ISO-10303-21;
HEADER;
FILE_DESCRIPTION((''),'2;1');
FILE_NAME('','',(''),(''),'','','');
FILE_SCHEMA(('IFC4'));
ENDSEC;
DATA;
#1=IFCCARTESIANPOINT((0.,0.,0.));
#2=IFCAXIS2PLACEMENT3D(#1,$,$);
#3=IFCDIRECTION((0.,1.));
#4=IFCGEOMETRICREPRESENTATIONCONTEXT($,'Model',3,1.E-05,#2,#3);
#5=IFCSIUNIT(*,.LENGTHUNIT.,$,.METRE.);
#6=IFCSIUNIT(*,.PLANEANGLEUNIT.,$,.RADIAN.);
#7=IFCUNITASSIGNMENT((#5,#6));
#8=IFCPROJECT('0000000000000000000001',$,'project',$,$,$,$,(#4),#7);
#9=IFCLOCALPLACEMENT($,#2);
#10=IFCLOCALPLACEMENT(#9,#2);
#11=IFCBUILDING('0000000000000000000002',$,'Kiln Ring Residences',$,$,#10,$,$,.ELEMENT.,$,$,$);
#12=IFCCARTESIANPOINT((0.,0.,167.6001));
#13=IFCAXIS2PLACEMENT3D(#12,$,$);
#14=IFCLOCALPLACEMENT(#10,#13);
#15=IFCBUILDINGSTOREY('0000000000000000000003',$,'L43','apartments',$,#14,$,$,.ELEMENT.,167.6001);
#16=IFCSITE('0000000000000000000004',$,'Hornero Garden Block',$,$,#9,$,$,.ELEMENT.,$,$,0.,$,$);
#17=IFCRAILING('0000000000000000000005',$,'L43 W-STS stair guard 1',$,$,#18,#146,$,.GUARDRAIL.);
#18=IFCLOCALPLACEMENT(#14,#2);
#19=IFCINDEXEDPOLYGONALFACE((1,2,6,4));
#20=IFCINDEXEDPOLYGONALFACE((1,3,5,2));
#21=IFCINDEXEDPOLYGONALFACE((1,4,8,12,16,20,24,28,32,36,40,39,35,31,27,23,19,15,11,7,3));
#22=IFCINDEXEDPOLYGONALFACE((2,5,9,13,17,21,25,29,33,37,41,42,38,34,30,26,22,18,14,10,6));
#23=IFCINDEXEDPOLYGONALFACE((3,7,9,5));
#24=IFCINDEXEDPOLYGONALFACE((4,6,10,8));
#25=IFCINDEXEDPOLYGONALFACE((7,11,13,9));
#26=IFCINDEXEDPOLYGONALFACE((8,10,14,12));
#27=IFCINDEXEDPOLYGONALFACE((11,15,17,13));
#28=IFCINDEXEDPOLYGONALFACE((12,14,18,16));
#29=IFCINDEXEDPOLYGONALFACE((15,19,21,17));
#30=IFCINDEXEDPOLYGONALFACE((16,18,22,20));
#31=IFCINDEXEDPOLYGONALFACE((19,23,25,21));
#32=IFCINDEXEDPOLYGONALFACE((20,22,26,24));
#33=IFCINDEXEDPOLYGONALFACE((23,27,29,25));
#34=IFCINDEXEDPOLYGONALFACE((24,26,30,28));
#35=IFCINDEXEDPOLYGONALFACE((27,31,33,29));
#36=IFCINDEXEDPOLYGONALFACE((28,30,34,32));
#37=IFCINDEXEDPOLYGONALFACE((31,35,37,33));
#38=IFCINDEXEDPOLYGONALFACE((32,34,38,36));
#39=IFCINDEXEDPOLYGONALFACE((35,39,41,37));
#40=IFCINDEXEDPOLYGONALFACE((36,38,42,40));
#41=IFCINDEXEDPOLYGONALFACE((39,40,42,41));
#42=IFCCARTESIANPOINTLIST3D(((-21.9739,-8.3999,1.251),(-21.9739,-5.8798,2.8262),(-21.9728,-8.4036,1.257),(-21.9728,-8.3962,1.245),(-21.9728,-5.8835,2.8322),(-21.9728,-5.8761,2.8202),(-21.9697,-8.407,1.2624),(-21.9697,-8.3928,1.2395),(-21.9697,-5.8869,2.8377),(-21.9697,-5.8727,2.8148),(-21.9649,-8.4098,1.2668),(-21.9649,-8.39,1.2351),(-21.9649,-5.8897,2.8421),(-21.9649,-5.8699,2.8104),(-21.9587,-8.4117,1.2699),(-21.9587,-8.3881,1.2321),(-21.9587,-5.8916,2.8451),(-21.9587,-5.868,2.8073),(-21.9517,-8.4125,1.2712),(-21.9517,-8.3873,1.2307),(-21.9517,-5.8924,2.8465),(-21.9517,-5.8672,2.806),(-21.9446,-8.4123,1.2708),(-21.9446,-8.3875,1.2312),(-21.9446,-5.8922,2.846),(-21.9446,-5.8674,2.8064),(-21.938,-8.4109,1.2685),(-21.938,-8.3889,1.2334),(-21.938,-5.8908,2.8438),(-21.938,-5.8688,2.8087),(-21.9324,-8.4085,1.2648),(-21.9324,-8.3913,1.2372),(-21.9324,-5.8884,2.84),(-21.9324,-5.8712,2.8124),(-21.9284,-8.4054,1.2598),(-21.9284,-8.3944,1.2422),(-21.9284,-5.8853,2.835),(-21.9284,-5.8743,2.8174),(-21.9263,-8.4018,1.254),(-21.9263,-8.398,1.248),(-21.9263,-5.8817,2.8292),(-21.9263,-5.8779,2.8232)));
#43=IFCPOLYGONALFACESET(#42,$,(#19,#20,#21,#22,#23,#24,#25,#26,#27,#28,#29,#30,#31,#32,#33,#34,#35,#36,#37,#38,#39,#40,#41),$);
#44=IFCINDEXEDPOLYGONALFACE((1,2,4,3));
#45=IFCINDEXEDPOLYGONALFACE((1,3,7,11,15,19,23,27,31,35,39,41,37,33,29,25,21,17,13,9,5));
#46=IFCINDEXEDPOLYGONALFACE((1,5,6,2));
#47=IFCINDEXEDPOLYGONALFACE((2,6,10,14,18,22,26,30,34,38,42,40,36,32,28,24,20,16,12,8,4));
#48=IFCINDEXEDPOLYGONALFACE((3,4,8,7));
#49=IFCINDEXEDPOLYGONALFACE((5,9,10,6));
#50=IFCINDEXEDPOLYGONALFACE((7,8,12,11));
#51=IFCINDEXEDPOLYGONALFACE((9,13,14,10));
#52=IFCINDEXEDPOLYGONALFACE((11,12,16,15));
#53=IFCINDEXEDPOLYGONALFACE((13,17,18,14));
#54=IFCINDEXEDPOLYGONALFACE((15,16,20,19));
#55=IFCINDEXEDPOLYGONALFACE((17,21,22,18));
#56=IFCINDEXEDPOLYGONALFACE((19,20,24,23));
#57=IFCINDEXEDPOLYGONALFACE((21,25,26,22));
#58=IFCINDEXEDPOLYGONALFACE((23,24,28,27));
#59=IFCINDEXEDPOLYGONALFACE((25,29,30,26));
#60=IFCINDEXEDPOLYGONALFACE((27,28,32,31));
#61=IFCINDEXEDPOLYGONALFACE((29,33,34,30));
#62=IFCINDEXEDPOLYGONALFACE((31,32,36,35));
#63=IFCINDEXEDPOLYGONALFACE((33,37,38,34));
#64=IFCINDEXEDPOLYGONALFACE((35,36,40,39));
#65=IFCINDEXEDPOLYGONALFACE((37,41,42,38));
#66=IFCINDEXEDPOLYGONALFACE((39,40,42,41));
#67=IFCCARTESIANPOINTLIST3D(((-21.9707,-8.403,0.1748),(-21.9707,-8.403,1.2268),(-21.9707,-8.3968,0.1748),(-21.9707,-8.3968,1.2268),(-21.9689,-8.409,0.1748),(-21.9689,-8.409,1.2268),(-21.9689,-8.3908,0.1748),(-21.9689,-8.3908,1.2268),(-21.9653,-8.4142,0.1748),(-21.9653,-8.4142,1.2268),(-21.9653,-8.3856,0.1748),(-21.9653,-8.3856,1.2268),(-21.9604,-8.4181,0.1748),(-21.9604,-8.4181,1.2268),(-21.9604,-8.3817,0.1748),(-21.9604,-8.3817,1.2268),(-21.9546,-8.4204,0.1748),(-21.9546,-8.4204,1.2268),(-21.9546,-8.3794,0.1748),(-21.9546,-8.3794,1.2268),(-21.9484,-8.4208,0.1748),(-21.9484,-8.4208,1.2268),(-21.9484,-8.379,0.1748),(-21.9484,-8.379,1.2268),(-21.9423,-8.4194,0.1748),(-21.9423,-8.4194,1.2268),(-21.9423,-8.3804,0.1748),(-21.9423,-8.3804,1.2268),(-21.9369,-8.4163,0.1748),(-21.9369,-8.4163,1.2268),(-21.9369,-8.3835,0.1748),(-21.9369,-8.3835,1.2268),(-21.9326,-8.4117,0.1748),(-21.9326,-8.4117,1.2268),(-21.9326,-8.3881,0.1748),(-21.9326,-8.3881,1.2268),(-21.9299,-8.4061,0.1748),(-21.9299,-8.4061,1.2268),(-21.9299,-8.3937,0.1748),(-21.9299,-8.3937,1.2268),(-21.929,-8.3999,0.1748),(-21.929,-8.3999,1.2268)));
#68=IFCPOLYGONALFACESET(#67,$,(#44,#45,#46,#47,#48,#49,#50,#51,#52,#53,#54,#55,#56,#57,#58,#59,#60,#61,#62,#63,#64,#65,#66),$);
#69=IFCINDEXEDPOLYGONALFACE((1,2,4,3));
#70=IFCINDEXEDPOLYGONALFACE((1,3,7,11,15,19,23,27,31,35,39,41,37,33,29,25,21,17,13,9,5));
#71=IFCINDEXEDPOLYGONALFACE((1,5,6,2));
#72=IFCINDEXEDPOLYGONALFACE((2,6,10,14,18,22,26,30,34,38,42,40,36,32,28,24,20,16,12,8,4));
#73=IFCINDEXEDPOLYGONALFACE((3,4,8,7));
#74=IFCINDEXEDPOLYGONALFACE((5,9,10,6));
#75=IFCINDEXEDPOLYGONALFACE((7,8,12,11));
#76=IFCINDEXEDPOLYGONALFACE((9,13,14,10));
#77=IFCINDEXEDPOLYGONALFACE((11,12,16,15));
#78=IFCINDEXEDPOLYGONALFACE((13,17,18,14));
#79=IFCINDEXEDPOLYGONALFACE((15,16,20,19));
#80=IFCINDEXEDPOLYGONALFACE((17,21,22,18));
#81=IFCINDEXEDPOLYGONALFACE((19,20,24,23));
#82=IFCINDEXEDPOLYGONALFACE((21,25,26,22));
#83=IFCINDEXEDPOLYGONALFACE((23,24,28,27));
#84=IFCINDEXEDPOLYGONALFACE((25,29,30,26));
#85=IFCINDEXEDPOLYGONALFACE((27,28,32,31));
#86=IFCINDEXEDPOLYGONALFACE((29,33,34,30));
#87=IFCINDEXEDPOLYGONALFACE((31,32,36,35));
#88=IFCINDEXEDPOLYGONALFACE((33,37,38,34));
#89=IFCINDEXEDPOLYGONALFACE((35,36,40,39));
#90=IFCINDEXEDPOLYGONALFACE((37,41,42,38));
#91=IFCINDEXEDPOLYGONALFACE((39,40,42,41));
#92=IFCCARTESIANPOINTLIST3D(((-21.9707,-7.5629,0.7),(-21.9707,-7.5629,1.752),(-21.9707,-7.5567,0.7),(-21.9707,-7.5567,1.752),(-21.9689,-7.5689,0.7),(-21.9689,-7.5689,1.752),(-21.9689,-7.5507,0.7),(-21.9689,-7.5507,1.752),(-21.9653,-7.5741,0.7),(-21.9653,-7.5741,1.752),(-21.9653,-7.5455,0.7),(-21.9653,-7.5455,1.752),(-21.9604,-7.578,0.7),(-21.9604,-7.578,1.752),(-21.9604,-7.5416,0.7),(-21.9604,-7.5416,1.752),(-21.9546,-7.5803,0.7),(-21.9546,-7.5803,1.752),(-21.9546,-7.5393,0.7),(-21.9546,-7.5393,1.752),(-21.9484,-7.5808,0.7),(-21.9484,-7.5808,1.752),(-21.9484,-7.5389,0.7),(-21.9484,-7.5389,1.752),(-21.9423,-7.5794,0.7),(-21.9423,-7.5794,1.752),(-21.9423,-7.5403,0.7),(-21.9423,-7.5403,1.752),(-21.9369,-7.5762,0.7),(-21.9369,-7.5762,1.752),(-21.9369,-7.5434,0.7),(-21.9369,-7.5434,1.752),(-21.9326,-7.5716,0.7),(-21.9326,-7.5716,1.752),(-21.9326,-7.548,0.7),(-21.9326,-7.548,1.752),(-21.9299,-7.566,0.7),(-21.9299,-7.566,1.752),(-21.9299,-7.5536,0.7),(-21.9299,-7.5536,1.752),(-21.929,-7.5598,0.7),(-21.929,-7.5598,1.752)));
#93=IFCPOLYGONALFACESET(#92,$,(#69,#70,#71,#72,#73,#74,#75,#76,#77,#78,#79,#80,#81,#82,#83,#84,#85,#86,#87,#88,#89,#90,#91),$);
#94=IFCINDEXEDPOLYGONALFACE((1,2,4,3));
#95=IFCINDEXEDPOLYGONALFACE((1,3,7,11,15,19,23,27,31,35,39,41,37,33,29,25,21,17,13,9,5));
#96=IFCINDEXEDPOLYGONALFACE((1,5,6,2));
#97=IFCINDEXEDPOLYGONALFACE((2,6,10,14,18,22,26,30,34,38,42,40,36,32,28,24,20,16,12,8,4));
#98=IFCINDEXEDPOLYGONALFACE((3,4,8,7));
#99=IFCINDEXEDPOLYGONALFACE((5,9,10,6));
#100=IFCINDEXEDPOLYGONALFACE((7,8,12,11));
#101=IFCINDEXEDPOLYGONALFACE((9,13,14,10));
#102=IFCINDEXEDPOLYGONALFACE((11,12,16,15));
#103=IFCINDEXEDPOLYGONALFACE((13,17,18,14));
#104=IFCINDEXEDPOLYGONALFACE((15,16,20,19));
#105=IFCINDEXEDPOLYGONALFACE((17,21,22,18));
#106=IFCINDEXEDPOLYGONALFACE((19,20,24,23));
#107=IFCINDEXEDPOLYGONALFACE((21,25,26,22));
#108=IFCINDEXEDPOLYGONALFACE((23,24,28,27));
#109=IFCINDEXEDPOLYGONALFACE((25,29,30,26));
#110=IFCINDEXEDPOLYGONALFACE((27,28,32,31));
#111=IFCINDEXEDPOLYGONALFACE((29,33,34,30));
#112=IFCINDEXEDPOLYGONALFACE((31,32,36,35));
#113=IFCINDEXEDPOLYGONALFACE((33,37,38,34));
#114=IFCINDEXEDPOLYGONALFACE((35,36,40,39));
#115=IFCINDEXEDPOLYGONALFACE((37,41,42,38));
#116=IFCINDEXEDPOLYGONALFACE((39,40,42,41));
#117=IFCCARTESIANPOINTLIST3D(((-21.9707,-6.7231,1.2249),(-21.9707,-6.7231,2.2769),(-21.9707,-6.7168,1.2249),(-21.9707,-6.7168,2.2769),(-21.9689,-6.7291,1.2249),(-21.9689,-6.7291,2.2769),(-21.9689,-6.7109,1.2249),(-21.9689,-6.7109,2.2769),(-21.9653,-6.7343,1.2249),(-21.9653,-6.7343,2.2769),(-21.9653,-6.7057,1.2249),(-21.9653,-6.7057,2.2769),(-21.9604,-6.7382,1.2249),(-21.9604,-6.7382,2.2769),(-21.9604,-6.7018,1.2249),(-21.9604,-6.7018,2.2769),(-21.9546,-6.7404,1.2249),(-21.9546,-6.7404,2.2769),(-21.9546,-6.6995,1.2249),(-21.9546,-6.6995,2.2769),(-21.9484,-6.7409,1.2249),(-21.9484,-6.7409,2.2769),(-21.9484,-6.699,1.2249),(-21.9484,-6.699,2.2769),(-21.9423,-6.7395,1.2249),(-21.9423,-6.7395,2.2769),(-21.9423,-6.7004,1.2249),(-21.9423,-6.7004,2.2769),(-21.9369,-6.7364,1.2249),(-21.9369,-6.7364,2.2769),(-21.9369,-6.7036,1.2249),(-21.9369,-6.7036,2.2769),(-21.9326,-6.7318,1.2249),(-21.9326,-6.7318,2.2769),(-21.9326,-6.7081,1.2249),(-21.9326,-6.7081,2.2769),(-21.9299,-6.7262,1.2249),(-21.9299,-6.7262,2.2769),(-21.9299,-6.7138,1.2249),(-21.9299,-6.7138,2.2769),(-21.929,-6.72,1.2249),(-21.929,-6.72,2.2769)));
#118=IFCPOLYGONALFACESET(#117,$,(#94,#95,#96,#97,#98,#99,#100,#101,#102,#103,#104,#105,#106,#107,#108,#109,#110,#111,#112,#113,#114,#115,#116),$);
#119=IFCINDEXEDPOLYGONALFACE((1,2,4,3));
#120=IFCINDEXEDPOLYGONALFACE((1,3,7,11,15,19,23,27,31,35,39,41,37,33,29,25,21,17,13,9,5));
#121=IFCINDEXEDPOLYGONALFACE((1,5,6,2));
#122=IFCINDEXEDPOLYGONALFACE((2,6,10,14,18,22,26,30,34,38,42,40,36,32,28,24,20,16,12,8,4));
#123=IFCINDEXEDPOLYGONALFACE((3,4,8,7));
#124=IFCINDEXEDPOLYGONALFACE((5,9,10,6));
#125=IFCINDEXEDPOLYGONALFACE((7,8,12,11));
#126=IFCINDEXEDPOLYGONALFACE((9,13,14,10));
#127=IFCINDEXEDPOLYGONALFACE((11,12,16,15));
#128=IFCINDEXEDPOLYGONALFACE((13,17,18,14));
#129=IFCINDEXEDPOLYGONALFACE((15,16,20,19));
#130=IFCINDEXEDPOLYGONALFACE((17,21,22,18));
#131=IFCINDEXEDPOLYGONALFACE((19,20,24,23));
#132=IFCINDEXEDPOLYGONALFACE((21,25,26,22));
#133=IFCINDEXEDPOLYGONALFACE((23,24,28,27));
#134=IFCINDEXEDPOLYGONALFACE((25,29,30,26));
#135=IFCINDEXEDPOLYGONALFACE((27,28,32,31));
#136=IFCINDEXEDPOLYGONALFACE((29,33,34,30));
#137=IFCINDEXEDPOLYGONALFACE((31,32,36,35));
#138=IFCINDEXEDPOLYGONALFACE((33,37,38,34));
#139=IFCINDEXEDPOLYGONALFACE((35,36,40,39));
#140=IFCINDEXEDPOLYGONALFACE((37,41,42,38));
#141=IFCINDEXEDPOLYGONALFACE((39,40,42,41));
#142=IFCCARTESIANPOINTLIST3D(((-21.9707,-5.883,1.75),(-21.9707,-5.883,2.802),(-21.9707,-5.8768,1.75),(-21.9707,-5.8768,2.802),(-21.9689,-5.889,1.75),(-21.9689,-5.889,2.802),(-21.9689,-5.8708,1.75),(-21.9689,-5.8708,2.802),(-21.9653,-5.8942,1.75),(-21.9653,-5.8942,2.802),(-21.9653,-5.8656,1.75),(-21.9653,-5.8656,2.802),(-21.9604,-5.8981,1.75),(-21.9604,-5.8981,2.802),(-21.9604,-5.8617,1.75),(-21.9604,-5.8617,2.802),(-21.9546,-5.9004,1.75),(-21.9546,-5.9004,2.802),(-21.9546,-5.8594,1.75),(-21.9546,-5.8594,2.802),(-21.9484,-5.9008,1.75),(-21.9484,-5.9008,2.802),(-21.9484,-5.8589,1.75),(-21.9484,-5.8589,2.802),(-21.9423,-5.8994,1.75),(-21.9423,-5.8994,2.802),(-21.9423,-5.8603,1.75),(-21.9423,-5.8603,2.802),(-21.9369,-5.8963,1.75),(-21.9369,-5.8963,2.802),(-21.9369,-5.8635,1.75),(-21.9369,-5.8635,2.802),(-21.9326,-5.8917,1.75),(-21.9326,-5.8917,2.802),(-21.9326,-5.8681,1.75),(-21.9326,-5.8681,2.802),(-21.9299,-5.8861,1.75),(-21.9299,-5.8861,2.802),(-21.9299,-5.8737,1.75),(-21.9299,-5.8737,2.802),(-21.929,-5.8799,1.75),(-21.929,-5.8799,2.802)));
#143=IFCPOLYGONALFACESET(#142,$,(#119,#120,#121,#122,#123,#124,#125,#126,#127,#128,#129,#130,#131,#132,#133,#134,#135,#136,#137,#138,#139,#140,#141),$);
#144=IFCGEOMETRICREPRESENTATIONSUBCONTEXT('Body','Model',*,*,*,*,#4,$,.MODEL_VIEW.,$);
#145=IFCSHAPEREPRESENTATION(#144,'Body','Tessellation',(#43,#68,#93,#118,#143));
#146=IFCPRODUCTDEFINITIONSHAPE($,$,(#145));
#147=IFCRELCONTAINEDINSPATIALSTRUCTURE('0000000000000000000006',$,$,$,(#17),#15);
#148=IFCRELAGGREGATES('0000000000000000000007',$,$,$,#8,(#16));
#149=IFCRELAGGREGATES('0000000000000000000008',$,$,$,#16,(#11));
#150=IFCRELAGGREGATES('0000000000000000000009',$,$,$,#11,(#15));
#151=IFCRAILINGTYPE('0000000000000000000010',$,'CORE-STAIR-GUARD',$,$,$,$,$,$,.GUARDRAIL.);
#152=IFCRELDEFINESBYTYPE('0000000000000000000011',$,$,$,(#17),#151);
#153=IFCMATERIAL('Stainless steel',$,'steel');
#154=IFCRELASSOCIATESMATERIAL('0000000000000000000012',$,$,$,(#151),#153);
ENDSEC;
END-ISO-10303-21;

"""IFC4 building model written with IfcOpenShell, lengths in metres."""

from ifc_helpers import new_model, si_unit, direction, frame, origin, origin_2d, place, context, subcontext, project, spatial, circle, extrude, material, type_object, element, save


model = new_model("IFC4")

# Units and contexts
model_context = context("Model", 3, precision=1e-05, world=origin(), true_north=direction((0.0, 1.0)))
body_context = subcontext(model_context, "Body", "Model", "MODEL_VIEW")
ifc_project = project(units=[si_unit("LENGTHUNIT", "METRE"), si_unit("PLANEANGLEUNIT", "RADIAN")], contexts=[model_context])

# Site, building, storey
site_placement = place(None, origin())
site = spatial("IfcSite", under=ifc_project, at=site_placement, Name="Hornero Garden Block", CompositionType="ELEMENT", RefElevation=0.0)
building_placement = place(site_placement, origin())
building = spatial("IfcBuilding", under=site, at=building_placement, Name="Kiln Ring Residences", CompositionType="ELEMENT")
storey_placement = place(building_placement, frame((0.0, 0.0, 167.6001)))
storey = spatial("IfcBuildingStorey", under=building, at=storey_placement, Name="L43", Description="apartments", CompositionType="ELEMENT", Elevation=167.6001)

# Railing
ifc_material_1 = material(Name="Stainless steel", Category="steel")
railing_type_1 = type_object("IfcRailingType", Name="CORE-STAIR-GUARD", PredefinedType="GUARDRAIL", material=ifc_material_1)
railing_1_placement = place(storey_placement, frame((-21.95, -8.3999, 0.1748)))
element("IfcRailing", 1, at=railing_1_placement, inside=storey, type_object=railing_type_1, Name="L43 W-STS stair guard 1", PredefinedType="GUARDRAIL", context=body_context, shape_type="SweptSolid", body=[
    extrude(circle(Radius=0.0239, at=origin_2d()), frame((0.0, 0.0, 1.0762), z_axis=(0.0, 0.847971, 0.530043), x_axis=(-1.0, 0.0, 0.0)), (0.0, 0.0, 1.0), 2.9719),
    extrude(circle(Radius=0.021, at=origin_2d()), origin(), (0.0, 0.0, 1.0), 1.052),
    extrude(circle(Radius=0.021, at=origin_2d()), frame((0.0, 0.8401, 0.5251)), (0.0, 0.0, 1.0), 1.052),
    extrude(circle(Radius=0.021, at=origin_2d()), frame((0.0, 1.6799, 1.05)), (0.0, 0.0, 1.0), 1.052),
    extrude(circle(Radius=0.021, at=origin_2d()), frame((0.0, 2.52, 1.5752)), (0.0, 0.0, 1.0), 1.052),
])

save(model, "model.ifc")
